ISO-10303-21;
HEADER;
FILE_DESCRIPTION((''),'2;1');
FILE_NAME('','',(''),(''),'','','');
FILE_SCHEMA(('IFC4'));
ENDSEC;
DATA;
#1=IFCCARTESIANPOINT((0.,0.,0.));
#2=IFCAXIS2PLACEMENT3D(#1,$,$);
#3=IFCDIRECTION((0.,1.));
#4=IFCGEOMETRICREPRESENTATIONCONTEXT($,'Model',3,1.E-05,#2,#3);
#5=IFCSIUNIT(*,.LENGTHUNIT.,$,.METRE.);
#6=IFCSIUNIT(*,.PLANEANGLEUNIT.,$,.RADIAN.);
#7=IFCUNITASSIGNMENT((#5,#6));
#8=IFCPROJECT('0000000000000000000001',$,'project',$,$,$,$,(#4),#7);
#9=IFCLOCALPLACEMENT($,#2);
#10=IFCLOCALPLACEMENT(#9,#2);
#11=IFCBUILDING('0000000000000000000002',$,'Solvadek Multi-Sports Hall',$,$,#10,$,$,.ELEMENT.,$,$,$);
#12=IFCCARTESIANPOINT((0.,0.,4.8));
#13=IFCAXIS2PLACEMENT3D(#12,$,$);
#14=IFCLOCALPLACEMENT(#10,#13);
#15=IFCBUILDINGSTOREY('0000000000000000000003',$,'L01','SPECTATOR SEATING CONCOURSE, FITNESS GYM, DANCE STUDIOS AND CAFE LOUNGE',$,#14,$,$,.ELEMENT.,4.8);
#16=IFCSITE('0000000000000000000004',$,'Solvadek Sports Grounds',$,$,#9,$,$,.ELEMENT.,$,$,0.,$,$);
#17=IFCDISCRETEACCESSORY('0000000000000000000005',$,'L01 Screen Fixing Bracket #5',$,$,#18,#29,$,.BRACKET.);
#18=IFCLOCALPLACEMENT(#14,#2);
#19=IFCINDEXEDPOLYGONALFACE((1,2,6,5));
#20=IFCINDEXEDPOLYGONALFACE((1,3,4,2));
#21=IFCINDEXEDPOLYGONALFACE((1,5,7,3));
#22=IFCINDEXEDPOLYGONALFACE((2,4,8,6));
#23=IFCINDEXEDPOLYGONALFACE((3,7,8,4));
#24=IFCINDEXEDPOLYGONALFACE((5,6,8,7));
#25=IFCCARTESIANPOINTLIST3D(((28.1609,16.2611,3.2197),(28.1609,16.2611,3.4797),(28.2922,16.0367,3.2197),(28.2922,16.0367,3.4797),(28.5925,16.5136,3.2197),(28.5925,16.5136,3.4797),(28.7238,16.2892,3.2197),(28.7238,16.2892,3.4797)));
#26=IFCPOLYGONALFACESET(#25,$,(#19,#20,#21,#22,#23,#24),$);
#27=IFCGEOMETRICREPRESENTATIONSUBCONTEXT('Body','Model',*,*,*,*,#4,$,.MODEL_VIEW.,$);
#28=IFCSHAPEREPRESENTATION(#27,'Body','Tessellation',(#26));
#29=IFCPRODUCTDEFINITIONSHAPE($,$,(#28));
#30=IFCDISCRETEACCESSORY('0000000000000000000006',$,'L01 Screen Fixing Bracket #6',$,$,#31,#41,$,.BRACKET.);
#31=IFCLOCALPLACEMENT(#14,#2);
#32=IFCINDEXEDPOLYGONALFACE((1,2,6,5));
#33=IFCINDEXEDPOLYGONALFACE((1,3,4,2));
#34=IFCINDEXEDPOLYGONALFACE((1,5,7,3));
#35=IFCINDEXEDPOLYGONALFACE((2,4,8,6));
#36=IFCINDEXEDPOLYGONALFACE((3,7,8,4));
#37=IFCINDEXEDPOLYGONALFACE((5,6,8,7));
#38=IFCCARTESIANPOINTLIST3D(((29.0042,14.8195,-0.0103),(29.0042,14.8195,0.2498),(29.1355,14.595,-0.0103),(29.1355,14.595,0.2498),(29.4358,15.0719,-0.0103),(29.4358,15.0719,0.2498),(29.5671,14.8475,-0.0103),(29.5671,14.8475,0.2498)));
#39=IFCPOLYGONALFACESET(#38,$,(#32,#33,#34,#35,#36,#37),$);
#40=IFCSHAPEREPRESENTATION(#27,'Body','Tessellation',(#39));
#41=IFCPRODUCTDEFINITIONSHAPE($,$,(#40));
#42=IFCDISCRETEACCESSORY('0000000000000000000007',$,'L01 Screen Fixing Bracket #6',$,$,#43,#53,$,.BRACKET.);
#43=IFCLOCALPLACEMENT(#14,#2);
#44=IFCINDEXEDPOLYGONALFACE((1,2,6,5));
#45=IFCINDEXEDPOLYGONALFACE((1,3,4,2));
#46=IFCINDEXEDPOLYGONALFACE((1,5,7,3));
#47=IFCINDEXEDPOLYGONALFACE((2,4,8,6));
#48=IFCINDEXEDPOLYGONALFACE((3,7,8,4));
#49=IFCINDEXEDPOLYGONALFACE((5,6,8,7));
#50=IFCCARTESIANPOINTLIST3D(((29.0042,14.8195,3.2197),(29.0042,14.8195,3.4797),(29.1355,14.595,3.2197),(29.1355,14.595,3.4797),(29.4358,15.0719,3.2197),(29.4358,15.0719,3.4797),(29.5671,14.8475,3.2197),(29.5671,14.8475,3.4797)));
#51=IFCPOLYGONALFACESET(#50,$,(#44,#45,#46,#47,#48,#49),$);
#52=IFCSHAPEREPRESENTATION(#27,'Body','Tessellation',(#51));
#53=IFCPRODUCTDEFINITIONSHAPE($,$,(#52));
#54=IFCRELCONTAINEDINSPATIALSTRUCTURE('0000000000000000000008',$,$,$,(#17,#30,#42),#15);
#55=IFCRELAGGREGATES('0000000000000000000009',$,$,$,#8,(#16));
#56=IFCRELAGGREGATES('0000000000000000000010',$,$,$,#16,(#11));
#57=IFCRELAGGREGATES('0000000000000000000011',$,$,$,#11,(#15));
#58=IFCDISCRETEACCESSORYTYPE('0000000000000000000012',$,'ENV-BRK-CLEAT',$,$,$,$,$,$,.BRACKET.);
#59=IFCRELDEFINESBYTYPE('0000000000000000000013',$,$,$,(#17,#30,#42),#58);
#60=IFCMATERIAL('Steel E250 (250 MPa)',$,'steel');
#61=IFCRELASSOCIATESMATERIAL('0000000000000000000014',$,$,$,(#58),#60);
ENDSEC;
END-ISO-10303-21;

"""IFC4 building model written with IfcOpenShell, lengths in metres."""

from ifc_helpers import new_model, si_unit, direction, frame, origin, origin_2d, place, context, subcontext, project, spatial, rectangle, extrude, material, type_object, element, save


model = new_model("IFC4")

# Units and contexts
model_context = context("Model", 3, precision=1e-05, world=origin(), true_north=direction((0.0, 1.0)))
body_context = subcontext(model_context, "Body", "Model", "MODEL_VIEW")
ifc_project = project(units=[si_unit("LENGTHUNIT", "METRE"), si_unit("PLANEANGLEUNIT", "RADIAN")], contexts=[model_context])

# Site, building, storey
site_placement = place(None, origin())
site = spatial("IfcSite", under=ifc_project, at=site_placement, Name="Solvadek Sports Grounds", CompositionType="ELEMENT", RefElevation=0.0)
building_placement = place(site_placement, origin())
building = spatial("IfcBuilding", under=site, at=building_placement, Name="Solvadek Multi-Sports Hall", CompositionType="ELEMENT")
storey_placement = place(building_placement, frame((0.0, 0.0, 4.8)))
storey = spatial("IfcBuildingStorey", under=building, at=storey_placement, Name="L01", Description="SPECTATOR SEATING CONCOURSE, FITNESS GYM, DANCE STUDIOS AND CAFE LOUNGE", CompositionType="ELEMENT", Elevation=4.8)

# Discrete accessories
ifc_material_1 = material(Name="Steel E250 (250 MPa)", Category="steel")
discrete_accessory_type = type_object("IfcDiscreteAccessoryType", Name="ENV-BRK-CLEAT", PredefinedType="BRACKET", material=ifc_material_1)
for number, where, z_axis, x_axis, name in (
    (1, (28.4424, 16.2751, 3.2197), (0.0, 0.0, 1.0), (0.504933, -0.863158, 0.0), "L01 Screen Fixing Bracket #5"),
    (2, (29.2856, 14.8335, -0.0103), (0.0, 0.0, 1.0), (0.504933, -0.863158, 0.0), "L01 Screen Fixing Bracket #6"),
    (3, (29.2856, 14.8335, 3.2197), (0.0, 0.0, 1.0), (0.504933, -0.863158, 0.0), "L01 Screen Fixing Bracket #6"),
):
    element("IfcDiscreteAccessory", number, at=place(storey_placement, frame(where, z_axis=z_axis, x_axis=x_axis)), inside=storey, type_object=discrete_accessory_type, Name=name, PredefinedType="BRACKET", context=body_context, shape_type="SweptSolid", body=[
        extrude(rectangle(XDim=0.26, YDim=0.5, at=origin_2d()), origin(), (0.0, 0.0, 1.0), 0.26),
    ])

save(model, "model.ifc")
